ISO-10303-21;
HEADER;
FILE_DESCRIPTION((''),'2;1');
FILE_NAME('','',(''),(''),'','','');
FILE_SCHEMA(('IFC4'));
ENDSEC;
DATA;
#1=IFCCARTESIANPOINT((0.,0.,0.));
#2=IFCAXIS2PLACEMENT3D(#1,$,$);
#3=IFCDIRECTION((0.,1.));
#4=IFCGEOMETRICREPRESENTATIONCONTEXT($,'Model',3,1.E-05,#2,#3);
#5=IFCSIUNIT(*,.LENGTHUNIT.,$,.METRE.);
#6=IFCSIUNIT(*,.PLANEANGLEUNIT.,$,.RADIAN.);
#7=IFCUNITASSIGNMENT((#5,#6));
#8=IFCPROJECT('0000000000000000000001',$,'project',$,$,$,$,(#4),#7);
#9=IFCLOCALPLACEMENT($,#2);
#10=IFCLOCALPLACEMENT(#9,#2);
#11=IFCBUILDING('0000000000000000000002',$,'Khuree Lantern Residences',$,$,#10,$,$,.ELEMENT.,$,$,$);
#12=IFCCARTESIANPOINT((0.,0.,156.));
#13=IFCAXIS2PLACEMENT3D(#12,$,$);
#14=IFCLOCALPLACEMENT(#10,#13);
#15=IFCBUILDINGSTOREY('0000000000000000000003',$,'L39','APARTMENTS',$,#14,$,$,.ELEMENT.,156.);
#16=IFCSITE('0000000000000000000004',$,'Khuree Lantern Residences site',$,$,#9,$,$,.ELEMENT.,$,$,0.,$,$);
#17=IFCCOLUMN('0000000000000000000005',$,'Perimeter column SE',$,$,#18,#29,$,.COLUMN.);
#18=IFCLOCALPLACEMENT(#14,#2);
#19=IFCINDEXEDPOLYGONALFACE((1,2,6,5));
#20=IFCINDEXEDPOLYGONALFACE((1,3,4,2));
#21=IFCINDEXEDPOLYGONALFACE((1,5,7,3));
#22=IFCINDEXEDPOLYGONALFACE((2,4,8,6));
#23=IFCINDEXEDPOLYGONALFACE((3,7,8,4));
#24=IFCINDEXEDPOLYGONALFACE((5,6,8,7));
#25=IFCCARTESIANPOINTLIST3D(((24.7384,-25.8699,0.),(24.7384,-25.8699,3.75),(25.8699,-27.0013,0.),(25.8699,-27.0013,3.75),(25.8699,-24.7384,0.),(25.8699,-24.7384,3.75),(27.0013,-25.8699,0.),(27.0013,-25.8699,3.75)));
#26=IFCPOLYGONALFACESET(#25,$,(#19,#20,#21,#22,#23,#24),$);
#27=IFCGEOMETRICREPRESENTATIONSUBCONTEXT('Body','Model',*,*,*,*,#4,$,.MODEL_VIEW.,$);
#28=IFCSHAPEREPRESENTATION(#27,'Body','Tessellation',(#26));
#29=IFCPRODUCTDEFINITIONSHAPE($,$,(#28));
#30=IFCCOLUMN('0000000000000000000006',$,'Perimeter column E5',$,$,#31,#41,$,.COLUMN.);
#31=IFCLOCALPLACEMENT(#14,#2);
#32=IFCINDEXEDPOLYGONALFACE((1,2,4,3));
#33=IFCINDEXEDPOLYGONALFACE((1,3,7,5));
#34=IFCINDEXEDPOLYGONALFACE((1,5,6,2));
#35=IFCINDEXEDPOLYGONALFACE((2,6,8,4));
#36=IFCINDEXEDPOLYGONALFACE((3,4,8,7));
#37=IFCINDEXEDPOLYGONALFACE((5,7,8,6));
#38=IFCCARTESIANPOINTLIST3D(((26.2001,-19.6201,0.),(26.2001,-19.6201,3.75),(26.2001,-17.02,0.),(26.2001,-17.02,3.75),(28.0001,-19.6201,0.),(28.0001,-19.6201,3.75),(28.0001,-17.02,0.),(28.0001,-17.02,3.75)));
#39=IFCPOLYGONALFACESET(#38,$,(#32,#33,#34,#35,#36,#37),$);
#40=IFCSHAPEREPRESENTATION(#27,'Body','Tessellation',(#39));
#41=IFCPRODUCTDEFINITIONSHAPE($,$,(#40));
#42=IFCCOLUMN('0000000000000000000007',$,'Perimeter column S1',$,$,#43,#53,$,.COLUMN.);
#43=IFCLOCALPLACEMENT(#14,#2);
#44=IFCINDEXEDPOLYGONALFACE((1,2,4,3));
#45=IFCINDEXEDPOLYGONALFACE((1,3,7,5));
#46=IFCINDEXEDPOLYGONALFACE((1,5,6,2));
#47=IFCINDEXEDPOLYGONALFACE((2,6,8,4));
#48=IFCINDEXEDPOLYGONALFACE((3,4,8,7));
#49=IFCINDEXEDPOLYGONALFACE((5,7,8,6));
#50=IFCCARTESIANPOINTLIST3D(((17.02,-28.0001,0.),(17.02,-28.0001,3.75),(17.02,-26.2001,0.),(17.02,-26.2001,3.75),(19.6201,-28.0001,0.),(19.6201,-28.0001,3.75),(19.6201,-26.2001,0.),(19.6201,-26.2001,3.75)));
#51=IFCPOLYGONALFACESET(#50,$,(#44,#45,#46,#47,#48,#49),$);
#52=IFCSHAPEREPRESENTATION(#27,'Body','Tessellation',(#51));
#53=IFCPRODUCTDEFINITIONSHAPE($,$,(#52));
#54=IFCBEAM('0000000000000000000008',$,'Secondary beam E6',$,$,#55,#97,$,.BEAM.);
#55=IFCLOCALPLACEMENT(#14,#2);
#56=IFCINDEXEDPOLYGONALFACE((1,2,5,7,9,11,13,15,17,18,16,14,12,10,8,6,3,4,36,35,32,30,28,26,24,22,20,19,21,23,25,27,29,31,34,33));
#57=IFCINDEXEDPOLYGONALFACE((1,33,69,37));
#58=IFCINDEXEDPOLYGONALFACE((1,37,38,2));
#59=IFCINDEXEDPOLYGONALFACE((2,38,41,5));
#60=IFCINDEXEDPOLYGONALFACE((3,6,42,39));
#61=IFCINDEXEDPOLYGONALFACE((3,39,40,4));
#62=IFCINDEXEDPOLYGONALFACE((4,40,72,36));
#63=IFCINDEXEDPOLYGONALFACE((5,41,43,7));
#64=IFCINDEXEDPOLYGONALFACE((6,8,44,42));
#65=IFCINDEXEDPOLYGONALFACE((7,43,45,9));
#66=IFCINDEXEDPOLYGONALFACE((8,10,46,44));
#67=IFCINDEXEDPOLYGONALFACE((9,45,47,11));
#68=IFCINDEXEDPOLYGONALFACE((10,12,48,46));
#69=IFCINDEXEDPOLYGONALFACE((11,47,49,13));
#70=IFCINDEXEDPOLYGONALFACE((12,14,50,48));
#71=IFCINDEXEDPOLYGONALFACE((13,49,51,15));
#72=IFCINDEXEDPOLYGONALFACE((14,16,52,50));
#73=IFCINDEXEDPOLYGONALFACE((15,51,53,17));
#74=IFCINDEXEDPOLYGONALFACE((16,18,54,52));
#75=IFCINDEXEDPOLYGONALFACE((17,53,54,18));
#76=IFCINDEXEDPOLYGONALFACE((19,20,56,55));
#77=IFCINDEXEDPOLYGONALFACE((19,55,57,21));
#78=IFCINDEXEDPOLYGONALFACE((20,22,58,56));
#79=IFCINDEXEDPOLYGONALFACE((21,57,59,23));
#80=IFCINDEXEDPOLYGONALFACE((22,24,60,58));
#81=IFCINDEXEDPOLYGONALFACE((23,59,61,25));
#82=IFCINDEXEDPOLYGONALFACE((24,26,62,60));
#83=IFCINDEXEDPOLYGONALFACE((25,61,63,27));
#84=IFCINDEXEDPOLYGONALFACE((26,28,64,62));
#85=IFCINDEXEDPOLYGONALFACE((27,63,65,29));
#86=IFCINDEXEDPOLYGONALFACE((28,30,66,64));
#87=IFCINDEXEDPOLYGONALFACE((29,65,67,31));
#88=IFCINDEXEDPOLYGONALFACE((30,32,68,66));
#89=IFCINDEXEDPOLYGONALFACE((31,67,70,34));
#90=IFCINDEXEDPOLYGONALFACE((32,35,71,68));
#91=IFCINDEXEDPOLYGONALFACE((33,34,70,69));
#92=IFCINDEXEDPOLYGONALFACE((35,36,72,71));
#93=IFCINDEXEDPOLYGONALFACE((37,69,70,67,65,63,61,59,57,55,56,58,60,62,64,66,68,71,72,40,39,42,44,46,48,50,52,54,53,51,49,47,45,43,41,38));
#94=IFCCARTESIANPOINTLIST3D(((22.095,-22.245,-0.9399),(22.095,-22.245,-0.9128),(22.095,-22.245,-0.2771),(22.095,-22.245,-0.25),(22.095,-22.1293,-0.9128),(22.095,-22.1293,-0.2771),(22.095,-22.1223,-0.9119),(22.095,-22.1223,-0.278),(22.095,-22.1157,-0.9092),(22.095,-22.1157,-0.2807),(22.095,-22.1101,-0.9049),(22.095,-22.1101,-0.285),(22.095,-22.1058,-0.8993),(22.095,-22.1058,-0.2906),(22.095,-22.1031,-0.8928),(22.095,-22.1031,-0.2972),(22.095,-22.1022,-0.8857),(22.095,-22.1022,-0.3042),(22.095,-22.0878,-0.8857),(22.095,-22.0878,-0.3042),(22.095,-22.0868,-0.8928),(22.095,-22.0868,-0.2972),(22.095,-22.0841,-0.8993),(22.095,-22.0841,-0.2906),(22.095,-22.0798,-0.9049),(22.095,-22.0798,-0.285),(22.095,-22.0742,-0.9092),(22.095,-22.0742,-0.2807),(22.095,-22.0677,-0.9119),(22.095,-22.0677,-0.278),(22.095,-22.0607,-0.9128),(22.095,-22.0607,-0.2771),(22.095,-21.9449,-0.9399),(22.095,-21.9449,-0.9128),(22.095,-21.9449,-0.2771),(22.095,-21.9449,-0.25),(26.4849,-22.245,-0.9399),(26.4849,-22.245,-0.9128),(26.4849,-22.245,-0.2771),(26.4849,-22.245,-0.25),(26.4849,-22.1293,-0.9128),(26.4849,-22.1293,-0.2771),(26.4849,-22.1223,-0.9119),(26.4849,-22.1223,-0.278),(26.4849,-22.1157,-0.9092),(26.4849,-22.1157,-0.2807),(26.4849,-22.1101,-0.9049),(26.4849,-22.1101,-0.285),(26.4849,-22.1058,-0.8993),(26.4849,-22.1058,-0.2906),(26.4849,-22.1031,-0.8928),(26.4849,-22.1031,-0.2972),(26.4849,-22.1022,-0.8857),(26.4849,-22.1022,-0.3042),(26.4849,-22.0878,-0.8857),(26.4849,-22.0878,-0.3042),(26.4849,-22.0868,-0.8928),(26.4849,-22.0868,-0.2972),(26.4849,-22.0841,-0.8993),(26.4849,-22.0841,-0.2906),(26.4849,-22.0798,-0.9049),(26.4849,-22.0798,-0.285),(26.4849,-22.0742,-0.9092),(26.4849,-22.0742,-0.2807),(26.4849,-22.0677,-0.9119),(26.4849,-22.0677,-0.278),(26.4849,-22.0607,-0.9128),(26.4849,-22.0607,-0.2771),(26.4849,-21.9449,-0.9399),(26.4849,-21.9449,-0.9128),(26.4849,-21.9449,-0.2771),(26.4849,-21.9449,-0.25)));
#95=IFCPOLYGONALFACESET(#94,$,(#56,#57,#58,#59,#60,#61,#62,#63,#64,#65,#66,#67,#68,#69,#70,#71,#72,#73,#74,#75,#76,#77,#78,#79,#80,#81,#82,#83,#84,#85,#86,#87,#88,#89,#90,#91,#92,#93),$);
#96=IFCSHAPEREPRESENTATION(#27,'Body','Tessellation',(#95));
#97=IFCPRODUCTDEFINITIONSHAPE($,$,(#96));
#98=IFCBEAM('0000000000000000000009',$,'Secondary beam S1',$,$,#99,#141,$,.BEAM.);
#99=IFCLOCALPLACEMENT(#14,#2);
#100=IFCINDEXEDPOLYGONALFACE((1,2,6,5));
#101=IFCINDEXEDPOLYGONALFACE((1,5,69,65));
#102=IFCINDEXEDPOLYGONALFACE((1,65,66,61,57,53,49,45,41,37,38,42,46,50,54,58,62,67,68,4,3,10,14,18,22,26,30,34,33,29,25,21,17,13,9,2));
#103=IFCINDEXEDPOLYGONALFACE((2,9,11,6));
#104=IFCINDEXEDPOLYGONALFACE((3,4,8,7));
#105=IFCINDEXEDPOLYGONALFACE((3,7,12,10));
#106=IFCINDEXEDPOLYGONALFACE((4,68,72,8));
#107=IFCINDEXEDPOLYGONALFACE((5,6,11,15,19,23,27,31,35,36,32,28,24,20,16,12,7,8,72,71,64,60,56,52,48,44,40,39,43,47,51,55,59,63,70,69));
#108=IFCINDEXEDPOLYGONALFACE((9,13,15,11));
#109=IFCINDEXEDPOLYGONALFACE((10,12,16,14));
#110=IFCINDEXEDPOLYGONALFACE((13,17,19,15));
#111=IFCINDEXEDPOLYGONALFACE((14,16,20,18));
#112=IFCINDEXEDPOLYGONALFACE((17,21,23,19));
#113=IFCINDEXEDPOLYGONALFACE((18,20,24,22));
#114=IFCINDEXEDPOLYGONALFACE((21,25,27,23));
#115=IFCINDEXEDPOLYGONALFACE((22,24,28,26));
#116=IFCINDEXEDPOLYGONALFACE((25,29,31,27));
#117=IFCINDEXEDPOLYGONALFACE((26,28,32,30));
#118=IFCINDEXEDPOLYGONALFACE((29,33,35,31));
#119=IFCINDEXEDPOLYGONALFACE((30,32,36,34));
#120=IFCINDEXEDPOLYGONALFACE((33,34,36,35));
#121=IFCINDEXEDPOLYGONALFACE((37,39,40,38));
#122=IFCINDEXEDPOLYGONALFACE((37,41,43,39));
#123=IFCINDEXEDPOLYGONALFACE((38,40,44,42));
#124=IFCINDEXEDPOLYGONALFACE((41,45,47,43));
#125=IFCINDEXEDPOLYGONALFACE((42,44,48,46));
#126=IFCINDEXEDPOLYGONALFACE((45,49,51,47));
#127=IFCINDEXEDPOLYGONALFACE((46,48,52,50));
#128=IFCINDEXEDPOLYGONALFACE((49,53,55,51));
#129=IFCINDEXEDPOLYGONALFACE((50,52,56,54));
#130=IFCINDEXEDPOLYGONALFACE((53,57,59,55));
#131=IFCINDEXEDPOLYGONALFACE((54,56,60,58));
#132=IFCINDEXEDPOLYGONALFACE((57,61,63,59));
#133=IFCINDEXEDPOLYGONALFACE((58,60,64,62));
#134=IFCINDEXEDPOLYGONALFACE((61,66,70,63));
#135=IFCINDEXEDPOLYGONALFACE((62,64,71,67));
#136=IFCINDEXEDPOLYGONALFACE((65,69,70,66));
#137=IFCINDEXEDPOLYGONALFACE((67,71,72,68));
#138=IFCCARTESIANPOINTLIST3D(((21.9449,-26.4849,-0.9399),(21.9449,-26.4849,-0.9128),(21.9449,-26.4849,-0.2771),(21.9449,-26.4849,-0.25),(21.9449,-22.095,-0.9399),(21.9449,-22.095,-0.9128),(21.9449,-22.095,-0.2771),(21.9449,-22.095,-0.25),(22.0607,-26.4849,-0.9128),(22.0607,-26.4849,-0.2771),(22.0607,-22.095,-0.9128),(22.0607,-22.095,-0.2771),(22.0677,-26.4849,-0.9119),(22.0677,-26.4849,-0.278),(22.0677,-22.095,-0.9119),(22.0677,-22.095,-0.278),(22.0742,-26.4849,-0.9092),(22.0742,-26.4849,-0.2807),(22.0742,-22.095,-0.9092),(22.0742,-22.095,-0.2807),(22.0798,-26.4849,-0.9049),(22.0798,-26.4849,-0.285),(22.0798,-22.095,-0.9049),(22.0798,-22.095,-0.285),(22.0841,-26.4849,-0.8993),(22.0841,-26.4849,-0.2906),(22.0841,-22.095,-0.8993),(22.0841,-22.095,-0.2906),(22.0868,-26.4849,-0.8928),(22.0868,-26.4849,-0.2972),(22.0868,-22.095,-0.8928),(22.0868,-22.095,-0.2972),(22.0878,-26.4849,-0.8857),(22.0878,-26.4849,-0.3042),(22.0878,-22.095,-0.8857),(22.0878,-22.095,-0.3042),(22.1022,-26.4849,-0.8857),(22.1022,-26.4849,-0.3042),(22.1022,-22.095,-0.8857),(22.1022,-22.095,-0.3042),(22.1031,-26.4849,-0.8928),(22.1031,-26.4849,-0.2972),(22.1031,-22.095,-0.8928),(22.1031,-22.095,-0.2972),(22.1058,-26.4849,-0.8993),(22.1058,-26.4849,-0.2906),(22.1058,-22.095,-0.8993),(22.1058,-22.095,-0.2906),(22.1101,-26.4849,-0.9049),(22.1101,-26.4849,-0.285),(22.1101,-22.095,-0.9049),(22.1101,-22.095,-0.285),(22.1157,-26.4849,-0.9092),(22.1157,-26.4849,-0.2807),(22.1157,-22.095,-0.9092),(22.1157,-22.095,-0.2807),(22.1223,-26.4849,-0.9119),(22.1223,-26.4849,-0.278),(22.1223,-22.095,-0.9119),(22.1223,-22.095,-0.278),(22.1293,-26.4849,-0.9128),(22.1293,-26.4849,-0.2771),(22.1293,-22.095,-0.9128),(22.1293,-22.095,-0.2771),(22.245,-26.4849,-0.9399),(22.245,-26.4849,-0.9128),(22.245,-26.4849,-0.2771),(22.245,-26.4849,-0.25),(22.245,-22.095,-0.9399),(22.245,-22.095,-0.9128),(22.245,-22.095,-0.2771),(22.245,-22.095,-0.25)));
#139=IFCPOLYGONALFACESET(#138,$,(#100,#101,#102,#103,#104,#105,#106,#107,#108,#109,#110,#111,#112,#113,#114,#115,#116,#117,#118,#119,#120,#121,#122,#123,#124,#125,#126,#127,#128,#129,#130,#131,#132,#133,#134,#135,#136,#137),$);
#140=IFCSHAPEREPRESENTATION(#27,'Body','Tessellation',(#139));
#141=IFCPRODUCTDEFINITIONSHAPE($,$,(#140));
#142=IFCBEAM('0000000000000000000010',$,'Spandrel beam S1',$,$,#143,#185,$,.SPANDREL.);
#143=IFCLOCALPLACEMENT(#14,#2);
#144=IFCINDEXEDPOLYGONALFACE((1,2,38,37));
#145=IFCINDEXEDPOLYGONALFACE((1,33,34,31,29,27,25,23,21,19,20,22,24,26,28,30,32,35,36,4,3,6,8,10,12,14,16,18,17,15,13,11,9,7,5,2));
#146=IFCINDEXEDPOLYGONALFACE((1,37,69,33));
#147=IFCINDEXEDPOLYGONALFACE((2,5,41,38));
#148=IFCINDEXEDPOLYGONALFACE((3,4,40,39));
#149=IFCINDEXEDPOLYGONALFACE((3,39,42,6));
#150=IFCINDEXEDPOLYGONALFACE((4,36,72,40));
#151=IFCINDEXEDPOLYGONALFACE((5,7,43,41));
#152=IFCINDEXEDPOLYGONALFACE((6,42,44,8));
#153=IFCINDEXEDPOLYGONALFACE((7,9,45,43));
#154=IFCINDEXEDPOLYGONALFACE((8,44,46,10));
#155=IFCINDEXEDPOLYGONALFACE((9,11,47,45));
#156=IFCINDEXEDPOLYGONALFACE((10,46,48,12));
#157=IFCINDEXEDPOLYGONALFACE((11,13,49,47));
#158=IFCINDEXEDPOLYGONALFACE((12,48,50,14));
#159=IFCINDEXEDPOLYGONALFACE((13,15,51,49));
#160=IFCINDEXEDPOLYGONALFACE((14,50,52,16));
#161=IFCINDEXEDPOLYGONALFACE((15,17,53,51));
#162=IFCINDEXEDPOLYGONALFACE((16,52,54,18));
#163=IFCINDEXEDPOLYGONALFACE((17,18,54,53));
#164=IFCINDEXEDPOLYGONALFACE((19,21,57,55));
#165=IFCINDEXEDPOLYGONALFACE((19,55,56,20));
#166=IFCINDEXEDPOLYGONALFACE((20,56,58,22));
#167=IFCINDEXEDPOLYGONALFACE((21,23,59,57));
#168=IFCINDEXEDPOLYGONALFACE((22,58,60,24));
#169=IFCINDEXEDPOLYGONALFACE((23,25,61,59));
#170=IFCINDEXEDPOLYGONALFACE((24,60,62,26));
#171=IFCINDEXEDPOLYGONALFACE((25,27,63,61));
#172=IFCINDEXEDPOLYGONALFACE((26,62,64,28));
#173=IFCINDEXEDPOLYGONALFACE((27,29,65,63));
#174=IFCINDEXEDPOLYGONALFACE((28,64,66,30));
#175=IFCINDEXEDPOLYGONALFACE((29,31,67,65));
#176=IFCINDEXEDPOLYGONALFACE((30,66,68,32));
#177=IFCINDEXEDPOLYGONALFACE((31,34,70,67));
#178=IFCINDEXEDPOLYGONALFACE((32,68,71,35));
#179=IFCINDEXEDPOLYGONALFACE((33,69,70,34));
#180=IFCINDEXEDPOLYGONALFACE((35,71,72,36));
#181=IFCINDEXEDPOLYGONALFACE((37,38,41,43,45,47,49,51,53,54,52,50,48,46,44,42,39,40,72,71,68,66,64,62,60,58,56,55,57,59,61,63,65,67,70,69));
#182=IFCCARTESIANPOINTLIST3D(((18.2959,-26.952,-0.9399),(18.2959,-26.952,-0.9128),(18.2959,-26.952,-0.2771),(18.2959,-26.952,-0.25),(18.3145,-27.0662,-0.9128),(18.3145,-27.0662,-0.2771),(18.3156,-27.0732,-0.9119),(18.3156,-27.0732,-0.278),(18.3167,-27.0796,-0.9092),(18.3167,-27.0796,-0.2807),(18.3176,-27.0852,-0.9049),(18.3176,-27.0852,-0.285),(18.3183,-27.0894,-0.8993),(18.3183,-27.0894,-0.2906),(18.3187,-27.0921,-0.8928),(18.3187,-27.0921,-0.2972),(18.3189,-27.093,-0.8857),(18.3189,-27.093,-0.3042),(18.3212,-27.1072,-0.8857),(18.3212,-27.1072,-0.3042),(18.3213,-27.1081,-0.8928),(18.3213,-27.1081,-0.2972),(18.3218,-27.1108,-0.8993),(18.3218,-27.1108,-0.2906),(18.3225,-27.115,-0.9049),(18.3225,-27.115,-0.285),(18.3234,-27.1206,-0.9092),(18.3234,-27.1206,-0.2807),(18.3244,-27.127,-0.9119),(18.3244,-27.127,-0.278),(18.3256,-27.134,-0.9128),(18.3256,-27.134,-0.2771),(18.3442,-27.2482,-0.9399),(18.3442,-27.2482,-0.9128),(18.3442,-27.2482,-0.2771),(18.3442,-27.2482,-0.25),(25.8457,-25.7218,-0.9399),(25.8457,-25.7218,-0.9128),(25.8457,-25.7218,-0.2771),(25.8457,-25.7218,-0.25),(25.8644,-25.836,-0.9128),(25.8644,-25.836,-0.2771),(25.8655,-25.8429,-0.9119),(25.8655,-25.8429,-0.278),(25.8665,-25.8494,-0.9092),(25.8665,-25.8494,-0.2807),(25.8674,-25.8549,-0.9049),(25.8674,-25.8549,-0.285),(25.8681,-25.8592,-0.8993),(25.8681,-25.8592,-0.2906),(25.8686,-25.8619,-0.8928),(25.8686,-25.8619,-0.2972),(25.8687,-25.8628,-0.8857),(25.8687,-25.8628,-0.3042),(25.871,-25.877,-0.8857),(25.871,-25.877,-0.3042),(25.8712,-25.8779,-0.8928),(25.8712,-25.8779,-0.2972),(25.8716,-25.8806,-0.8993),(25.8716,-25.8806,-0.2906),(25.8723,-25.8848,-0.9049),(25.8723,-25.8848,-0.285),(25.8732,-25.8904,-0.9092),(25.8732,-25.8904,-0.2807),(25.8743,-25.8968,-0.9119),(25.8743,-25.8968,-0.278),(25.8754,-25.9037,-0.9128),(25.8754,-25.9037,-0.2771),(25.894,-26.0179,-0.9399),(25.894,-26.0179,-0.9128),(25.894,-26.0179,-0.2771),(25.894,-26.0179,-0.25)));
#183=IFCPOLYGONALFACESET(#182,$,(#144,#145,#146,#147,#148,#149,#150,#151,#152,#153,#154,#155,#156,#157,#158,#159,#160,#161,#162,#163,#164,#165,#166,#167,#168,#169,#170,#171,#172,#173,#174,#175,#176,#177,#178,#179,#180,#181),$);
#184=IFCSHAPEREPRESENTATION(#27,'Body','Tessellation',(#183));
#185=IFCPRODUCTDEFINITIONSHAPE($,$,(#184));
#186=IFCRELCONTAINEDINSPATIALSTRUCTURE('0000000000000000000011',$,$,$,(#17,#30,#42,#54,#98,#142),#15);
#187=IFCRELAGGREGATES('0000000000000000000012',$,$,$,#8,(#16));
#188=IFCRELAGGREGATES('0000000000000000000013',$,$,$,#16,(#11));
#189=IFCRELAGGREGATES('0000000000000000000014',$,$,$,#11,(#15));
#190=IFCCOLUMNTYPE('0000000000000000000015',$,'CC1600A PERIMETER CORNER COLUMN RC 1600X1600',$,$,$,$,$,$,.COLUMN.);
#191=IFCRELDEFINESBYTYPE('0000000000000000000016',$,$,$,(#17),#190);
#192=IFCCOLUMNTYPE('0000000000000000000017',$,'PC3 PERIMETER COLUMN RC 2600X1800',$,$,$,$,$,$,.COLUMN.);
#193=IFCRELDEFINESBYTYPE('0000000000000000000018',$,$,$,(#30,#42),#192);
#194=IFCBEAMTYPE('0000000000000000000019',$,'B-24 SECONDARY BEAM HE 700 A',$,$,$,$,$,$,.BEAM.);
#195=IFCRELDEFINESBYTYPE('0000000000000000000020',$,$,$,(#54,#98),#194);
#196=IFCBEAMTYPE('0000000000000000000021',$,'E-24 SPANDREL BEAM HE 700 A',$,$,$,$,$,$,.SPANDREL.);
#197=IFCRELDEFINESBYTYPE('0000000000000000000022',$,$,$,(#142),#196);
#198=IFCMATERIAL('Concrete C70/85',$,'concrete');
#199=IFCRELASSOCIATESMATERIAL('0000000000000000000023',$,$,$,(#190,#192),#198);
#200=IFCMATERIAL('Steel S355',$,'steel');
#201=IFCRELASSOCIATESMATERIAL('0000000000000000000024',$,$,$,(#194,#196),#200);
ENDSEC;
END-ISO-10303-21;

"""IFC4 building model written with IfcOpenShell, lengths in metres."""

from ifc_helpers import new_model, si_unit, direction, frame, origin, origin_2d, place, context, subcontext, project, spatial, rectangle, i_section, extrude, material, material_profile, profile_set, type_object, element, save


model = new_model("IFC4")

# Units and contexts
model_context = context("Model", 3, precision=1e-05, world=origin(), true_north=direction((0.0, 1.0)))
body_context = subcontext(model_context, "Body", "Model", "MODEL_VIEW")
ifc_project = project(units=[si_unit("LENGTHUNIT", "METRE"), si_unit("PLANEANGLEUNIT", "RADIAN")], contexts=[model_context])

# Site, building, storey
site_placement = place(None, origin())
site = spatial("IfcSite", under=ifc_project, at=site_placement, Name="Khuree Lantern Residences site", CompositionType="ELEMENT", RefElevation=0.0)
building_placement = place(site_placement, origin())
building = spatial("IfcBuilding", under=site, at=building_placement, Name="Khuree Lantern Residences", CompositionType="ELEMENT")
storey_placement = place(building_placement, frame((0.0, 0.0, 156.0)))
storey = spatial("IfcBuildingStorey", under=building, at=storey_placement, Name="L39", Description="APARTMENTS", CompositionType="ELEMENT", Elevation=156.0)

# Columns
ifc_material_1 = material(Name="Concrete C70/85", Category="concrete")
ifc_material_profile_1 = material_profile(ifc_material_1, rectangle(XDim=1.6001, YDim=1.6001, at=origin_2d()), Name="RC 1600X1600")
ifc_profile_set_1 = profile_set([ifc_material_profile_1], Name="Concrete C70/85")
column_type_1 = type_object("IfcColumnType", Name="CC1600A PERIMETER CORNER COLUMN RC 1600X1600", PredefinedType="COLUMN", material=ifc_profile_set_1)
column_placement = place(storey_placement, frame((25.8699, -25.8699, 0.0), z_axis=(0.0, 0.0, 1.0), x_axis=(0.707107, 0.707107, 0.0)))
element("IfcColumn", 1, at=column_placement, inside=storey, type_object=column_type_1, Name="Perimeter column SE", PredefinedType="COLUMN", context=body_context, shape_type="SweptSolid", body=[
    extrude(rectangle(XDim=1.6001, YDim=1.6001, at=origin_2d()), origin(), (0.0, 0.0, 1.0), 3.75),
])
ifc_material_profile_2 = material_profile(ifc_material_1, rectangle(XDim=2.6001, YDim=1.8, at=origin_2d()), Name="RC 2600X1800")
ifc_profile_set_2 = profile_set([ifc_material_profile_2], Name="Concrete C70/85")
column_type_2 = type_object("IfcColumnType", Name="PC3 PERIMETER COLUMN RC 2600X1800", PredefinedType="COLUMN", material=ifc_profile_set_2)
for number, where, z_axis, x_axis, name in (
    (2, (27.1001, -18.3201, 0.0), (0.0, 0.0, 1.0), (0.0, 1.0, 0.0), "Perimeter column E5"),
    (3, (18.3201, -27.1001, 0.0), (0.0, 0.0, 1.0), (1.0, 0.0, 0.0), "Perimeter column S1"),
):
    element("IfcColumn", number, at=place(storey_placement, frame(where, z_axis=z_axis, x_axis=x_axis)), inside=storey, type_object=column_type_2, Name=name, PredefinedType="COLUMN", context=body_context, shape_type="SweptSolid", body=[
        extrude(rectangle(XDim=2.6001, YDim=1.8, at=origin_2d()), origin(), (0.0, 0.0, 1.0), 3.75),
    ])

# Beams
ifc_material_2 = material(Name="Steel S355", Category="steel")
ifc_material_profile_3 = material_profile(ifc_material_2, i_section(OverallWidth=0.3, OverallDepth=0.6899, WebThickness=0.0144, FlangeThickness=0.0271, FilletRadius=0.0271, at=origin_2d()), Name="HE 700 A")
ifc_profile_set_3 = profile_set([ifc_material_profile_3], Name="Steel S355")
beam_type_1 = type_object("IfcBeamType", Name="B-24 SECONDARY BEAM HE 700 A", PredefinedType="BEAM", material=ifc_profile_set_3)
for number, where, z_axis, x_axis, name in (
    (4, (26.4849, -22.095, -0.595), (-1.0, 0.0, 0.0), (0.0, -1.0, 0.0), "Secondary beam E6"),
    (5, (22.095, -26.4849, -0.595), (0.0, 1.0, 0.0), (-1.0, 0.0, 0.0), "Secondary beam S1"),
):
    element("IfcBeam", number, at=place(storey_placement, frame(where, z_axis=z_axis, x_axis=x_axis)), inside=storey, type_object=beam_type_1, Name=name, PredefinedType="BEAM", context=body_context, shape_type="SweptSolid", body=[
        extrude(i_section(OverallWidth=0.3, OverallDepth=0.6899, WebThickness=0.0144, FlangeThickness=0.0271, FilletRadius=0.0271, at=origin_2d()), origin(), (0.0, 0.0, 1.0), 4.3899),
    ])
ifc_material_profile_4 = material_profile(ifc_material_2, i_section(OverallWidth=0.3, OverallDepth=0.6899, WebThickness=0.0144, FlangeThickness=0.0271, FilletRadius=0.0271, at=origin_2d()), Name="HE 700 A")
ifc_profile_set_4 = profile_set([ifc_material_profile_4], Name="Steel S355")
beam_type_2 = type_object("IfcBeamType", Name="E-24 SPANDREL BEAM HE 700 A", PredefinedType="SPANDREL", material=ifc_profile_set_4)
beam_1_placement = place(storey_placement, frame((25.8699, -25.8699, -0.595), z_axis=(-0.986983, -0.160827, 0.0), x_axis=(0.160827, -0.986983, 0.0)))
element("IfcBeam", 6, at=beam_1_placement, inside=storey, type_object=beam_type_2, Name="Spandrel beam S1", PredefinedType="SPANDREL", context=body_context, shape_type="SweptSolid", body=[
    extrude(i_section(OverallWidth=0.3, OverallDepth=0.6899, WebThickness=0.0144, FlangeThickness=0.0271, FilletRadius=0.0271, at=origin_2d()), origin(), (0.0, 0.0, 1.0), 7.6494),
])

save(model, "model.ifc")
